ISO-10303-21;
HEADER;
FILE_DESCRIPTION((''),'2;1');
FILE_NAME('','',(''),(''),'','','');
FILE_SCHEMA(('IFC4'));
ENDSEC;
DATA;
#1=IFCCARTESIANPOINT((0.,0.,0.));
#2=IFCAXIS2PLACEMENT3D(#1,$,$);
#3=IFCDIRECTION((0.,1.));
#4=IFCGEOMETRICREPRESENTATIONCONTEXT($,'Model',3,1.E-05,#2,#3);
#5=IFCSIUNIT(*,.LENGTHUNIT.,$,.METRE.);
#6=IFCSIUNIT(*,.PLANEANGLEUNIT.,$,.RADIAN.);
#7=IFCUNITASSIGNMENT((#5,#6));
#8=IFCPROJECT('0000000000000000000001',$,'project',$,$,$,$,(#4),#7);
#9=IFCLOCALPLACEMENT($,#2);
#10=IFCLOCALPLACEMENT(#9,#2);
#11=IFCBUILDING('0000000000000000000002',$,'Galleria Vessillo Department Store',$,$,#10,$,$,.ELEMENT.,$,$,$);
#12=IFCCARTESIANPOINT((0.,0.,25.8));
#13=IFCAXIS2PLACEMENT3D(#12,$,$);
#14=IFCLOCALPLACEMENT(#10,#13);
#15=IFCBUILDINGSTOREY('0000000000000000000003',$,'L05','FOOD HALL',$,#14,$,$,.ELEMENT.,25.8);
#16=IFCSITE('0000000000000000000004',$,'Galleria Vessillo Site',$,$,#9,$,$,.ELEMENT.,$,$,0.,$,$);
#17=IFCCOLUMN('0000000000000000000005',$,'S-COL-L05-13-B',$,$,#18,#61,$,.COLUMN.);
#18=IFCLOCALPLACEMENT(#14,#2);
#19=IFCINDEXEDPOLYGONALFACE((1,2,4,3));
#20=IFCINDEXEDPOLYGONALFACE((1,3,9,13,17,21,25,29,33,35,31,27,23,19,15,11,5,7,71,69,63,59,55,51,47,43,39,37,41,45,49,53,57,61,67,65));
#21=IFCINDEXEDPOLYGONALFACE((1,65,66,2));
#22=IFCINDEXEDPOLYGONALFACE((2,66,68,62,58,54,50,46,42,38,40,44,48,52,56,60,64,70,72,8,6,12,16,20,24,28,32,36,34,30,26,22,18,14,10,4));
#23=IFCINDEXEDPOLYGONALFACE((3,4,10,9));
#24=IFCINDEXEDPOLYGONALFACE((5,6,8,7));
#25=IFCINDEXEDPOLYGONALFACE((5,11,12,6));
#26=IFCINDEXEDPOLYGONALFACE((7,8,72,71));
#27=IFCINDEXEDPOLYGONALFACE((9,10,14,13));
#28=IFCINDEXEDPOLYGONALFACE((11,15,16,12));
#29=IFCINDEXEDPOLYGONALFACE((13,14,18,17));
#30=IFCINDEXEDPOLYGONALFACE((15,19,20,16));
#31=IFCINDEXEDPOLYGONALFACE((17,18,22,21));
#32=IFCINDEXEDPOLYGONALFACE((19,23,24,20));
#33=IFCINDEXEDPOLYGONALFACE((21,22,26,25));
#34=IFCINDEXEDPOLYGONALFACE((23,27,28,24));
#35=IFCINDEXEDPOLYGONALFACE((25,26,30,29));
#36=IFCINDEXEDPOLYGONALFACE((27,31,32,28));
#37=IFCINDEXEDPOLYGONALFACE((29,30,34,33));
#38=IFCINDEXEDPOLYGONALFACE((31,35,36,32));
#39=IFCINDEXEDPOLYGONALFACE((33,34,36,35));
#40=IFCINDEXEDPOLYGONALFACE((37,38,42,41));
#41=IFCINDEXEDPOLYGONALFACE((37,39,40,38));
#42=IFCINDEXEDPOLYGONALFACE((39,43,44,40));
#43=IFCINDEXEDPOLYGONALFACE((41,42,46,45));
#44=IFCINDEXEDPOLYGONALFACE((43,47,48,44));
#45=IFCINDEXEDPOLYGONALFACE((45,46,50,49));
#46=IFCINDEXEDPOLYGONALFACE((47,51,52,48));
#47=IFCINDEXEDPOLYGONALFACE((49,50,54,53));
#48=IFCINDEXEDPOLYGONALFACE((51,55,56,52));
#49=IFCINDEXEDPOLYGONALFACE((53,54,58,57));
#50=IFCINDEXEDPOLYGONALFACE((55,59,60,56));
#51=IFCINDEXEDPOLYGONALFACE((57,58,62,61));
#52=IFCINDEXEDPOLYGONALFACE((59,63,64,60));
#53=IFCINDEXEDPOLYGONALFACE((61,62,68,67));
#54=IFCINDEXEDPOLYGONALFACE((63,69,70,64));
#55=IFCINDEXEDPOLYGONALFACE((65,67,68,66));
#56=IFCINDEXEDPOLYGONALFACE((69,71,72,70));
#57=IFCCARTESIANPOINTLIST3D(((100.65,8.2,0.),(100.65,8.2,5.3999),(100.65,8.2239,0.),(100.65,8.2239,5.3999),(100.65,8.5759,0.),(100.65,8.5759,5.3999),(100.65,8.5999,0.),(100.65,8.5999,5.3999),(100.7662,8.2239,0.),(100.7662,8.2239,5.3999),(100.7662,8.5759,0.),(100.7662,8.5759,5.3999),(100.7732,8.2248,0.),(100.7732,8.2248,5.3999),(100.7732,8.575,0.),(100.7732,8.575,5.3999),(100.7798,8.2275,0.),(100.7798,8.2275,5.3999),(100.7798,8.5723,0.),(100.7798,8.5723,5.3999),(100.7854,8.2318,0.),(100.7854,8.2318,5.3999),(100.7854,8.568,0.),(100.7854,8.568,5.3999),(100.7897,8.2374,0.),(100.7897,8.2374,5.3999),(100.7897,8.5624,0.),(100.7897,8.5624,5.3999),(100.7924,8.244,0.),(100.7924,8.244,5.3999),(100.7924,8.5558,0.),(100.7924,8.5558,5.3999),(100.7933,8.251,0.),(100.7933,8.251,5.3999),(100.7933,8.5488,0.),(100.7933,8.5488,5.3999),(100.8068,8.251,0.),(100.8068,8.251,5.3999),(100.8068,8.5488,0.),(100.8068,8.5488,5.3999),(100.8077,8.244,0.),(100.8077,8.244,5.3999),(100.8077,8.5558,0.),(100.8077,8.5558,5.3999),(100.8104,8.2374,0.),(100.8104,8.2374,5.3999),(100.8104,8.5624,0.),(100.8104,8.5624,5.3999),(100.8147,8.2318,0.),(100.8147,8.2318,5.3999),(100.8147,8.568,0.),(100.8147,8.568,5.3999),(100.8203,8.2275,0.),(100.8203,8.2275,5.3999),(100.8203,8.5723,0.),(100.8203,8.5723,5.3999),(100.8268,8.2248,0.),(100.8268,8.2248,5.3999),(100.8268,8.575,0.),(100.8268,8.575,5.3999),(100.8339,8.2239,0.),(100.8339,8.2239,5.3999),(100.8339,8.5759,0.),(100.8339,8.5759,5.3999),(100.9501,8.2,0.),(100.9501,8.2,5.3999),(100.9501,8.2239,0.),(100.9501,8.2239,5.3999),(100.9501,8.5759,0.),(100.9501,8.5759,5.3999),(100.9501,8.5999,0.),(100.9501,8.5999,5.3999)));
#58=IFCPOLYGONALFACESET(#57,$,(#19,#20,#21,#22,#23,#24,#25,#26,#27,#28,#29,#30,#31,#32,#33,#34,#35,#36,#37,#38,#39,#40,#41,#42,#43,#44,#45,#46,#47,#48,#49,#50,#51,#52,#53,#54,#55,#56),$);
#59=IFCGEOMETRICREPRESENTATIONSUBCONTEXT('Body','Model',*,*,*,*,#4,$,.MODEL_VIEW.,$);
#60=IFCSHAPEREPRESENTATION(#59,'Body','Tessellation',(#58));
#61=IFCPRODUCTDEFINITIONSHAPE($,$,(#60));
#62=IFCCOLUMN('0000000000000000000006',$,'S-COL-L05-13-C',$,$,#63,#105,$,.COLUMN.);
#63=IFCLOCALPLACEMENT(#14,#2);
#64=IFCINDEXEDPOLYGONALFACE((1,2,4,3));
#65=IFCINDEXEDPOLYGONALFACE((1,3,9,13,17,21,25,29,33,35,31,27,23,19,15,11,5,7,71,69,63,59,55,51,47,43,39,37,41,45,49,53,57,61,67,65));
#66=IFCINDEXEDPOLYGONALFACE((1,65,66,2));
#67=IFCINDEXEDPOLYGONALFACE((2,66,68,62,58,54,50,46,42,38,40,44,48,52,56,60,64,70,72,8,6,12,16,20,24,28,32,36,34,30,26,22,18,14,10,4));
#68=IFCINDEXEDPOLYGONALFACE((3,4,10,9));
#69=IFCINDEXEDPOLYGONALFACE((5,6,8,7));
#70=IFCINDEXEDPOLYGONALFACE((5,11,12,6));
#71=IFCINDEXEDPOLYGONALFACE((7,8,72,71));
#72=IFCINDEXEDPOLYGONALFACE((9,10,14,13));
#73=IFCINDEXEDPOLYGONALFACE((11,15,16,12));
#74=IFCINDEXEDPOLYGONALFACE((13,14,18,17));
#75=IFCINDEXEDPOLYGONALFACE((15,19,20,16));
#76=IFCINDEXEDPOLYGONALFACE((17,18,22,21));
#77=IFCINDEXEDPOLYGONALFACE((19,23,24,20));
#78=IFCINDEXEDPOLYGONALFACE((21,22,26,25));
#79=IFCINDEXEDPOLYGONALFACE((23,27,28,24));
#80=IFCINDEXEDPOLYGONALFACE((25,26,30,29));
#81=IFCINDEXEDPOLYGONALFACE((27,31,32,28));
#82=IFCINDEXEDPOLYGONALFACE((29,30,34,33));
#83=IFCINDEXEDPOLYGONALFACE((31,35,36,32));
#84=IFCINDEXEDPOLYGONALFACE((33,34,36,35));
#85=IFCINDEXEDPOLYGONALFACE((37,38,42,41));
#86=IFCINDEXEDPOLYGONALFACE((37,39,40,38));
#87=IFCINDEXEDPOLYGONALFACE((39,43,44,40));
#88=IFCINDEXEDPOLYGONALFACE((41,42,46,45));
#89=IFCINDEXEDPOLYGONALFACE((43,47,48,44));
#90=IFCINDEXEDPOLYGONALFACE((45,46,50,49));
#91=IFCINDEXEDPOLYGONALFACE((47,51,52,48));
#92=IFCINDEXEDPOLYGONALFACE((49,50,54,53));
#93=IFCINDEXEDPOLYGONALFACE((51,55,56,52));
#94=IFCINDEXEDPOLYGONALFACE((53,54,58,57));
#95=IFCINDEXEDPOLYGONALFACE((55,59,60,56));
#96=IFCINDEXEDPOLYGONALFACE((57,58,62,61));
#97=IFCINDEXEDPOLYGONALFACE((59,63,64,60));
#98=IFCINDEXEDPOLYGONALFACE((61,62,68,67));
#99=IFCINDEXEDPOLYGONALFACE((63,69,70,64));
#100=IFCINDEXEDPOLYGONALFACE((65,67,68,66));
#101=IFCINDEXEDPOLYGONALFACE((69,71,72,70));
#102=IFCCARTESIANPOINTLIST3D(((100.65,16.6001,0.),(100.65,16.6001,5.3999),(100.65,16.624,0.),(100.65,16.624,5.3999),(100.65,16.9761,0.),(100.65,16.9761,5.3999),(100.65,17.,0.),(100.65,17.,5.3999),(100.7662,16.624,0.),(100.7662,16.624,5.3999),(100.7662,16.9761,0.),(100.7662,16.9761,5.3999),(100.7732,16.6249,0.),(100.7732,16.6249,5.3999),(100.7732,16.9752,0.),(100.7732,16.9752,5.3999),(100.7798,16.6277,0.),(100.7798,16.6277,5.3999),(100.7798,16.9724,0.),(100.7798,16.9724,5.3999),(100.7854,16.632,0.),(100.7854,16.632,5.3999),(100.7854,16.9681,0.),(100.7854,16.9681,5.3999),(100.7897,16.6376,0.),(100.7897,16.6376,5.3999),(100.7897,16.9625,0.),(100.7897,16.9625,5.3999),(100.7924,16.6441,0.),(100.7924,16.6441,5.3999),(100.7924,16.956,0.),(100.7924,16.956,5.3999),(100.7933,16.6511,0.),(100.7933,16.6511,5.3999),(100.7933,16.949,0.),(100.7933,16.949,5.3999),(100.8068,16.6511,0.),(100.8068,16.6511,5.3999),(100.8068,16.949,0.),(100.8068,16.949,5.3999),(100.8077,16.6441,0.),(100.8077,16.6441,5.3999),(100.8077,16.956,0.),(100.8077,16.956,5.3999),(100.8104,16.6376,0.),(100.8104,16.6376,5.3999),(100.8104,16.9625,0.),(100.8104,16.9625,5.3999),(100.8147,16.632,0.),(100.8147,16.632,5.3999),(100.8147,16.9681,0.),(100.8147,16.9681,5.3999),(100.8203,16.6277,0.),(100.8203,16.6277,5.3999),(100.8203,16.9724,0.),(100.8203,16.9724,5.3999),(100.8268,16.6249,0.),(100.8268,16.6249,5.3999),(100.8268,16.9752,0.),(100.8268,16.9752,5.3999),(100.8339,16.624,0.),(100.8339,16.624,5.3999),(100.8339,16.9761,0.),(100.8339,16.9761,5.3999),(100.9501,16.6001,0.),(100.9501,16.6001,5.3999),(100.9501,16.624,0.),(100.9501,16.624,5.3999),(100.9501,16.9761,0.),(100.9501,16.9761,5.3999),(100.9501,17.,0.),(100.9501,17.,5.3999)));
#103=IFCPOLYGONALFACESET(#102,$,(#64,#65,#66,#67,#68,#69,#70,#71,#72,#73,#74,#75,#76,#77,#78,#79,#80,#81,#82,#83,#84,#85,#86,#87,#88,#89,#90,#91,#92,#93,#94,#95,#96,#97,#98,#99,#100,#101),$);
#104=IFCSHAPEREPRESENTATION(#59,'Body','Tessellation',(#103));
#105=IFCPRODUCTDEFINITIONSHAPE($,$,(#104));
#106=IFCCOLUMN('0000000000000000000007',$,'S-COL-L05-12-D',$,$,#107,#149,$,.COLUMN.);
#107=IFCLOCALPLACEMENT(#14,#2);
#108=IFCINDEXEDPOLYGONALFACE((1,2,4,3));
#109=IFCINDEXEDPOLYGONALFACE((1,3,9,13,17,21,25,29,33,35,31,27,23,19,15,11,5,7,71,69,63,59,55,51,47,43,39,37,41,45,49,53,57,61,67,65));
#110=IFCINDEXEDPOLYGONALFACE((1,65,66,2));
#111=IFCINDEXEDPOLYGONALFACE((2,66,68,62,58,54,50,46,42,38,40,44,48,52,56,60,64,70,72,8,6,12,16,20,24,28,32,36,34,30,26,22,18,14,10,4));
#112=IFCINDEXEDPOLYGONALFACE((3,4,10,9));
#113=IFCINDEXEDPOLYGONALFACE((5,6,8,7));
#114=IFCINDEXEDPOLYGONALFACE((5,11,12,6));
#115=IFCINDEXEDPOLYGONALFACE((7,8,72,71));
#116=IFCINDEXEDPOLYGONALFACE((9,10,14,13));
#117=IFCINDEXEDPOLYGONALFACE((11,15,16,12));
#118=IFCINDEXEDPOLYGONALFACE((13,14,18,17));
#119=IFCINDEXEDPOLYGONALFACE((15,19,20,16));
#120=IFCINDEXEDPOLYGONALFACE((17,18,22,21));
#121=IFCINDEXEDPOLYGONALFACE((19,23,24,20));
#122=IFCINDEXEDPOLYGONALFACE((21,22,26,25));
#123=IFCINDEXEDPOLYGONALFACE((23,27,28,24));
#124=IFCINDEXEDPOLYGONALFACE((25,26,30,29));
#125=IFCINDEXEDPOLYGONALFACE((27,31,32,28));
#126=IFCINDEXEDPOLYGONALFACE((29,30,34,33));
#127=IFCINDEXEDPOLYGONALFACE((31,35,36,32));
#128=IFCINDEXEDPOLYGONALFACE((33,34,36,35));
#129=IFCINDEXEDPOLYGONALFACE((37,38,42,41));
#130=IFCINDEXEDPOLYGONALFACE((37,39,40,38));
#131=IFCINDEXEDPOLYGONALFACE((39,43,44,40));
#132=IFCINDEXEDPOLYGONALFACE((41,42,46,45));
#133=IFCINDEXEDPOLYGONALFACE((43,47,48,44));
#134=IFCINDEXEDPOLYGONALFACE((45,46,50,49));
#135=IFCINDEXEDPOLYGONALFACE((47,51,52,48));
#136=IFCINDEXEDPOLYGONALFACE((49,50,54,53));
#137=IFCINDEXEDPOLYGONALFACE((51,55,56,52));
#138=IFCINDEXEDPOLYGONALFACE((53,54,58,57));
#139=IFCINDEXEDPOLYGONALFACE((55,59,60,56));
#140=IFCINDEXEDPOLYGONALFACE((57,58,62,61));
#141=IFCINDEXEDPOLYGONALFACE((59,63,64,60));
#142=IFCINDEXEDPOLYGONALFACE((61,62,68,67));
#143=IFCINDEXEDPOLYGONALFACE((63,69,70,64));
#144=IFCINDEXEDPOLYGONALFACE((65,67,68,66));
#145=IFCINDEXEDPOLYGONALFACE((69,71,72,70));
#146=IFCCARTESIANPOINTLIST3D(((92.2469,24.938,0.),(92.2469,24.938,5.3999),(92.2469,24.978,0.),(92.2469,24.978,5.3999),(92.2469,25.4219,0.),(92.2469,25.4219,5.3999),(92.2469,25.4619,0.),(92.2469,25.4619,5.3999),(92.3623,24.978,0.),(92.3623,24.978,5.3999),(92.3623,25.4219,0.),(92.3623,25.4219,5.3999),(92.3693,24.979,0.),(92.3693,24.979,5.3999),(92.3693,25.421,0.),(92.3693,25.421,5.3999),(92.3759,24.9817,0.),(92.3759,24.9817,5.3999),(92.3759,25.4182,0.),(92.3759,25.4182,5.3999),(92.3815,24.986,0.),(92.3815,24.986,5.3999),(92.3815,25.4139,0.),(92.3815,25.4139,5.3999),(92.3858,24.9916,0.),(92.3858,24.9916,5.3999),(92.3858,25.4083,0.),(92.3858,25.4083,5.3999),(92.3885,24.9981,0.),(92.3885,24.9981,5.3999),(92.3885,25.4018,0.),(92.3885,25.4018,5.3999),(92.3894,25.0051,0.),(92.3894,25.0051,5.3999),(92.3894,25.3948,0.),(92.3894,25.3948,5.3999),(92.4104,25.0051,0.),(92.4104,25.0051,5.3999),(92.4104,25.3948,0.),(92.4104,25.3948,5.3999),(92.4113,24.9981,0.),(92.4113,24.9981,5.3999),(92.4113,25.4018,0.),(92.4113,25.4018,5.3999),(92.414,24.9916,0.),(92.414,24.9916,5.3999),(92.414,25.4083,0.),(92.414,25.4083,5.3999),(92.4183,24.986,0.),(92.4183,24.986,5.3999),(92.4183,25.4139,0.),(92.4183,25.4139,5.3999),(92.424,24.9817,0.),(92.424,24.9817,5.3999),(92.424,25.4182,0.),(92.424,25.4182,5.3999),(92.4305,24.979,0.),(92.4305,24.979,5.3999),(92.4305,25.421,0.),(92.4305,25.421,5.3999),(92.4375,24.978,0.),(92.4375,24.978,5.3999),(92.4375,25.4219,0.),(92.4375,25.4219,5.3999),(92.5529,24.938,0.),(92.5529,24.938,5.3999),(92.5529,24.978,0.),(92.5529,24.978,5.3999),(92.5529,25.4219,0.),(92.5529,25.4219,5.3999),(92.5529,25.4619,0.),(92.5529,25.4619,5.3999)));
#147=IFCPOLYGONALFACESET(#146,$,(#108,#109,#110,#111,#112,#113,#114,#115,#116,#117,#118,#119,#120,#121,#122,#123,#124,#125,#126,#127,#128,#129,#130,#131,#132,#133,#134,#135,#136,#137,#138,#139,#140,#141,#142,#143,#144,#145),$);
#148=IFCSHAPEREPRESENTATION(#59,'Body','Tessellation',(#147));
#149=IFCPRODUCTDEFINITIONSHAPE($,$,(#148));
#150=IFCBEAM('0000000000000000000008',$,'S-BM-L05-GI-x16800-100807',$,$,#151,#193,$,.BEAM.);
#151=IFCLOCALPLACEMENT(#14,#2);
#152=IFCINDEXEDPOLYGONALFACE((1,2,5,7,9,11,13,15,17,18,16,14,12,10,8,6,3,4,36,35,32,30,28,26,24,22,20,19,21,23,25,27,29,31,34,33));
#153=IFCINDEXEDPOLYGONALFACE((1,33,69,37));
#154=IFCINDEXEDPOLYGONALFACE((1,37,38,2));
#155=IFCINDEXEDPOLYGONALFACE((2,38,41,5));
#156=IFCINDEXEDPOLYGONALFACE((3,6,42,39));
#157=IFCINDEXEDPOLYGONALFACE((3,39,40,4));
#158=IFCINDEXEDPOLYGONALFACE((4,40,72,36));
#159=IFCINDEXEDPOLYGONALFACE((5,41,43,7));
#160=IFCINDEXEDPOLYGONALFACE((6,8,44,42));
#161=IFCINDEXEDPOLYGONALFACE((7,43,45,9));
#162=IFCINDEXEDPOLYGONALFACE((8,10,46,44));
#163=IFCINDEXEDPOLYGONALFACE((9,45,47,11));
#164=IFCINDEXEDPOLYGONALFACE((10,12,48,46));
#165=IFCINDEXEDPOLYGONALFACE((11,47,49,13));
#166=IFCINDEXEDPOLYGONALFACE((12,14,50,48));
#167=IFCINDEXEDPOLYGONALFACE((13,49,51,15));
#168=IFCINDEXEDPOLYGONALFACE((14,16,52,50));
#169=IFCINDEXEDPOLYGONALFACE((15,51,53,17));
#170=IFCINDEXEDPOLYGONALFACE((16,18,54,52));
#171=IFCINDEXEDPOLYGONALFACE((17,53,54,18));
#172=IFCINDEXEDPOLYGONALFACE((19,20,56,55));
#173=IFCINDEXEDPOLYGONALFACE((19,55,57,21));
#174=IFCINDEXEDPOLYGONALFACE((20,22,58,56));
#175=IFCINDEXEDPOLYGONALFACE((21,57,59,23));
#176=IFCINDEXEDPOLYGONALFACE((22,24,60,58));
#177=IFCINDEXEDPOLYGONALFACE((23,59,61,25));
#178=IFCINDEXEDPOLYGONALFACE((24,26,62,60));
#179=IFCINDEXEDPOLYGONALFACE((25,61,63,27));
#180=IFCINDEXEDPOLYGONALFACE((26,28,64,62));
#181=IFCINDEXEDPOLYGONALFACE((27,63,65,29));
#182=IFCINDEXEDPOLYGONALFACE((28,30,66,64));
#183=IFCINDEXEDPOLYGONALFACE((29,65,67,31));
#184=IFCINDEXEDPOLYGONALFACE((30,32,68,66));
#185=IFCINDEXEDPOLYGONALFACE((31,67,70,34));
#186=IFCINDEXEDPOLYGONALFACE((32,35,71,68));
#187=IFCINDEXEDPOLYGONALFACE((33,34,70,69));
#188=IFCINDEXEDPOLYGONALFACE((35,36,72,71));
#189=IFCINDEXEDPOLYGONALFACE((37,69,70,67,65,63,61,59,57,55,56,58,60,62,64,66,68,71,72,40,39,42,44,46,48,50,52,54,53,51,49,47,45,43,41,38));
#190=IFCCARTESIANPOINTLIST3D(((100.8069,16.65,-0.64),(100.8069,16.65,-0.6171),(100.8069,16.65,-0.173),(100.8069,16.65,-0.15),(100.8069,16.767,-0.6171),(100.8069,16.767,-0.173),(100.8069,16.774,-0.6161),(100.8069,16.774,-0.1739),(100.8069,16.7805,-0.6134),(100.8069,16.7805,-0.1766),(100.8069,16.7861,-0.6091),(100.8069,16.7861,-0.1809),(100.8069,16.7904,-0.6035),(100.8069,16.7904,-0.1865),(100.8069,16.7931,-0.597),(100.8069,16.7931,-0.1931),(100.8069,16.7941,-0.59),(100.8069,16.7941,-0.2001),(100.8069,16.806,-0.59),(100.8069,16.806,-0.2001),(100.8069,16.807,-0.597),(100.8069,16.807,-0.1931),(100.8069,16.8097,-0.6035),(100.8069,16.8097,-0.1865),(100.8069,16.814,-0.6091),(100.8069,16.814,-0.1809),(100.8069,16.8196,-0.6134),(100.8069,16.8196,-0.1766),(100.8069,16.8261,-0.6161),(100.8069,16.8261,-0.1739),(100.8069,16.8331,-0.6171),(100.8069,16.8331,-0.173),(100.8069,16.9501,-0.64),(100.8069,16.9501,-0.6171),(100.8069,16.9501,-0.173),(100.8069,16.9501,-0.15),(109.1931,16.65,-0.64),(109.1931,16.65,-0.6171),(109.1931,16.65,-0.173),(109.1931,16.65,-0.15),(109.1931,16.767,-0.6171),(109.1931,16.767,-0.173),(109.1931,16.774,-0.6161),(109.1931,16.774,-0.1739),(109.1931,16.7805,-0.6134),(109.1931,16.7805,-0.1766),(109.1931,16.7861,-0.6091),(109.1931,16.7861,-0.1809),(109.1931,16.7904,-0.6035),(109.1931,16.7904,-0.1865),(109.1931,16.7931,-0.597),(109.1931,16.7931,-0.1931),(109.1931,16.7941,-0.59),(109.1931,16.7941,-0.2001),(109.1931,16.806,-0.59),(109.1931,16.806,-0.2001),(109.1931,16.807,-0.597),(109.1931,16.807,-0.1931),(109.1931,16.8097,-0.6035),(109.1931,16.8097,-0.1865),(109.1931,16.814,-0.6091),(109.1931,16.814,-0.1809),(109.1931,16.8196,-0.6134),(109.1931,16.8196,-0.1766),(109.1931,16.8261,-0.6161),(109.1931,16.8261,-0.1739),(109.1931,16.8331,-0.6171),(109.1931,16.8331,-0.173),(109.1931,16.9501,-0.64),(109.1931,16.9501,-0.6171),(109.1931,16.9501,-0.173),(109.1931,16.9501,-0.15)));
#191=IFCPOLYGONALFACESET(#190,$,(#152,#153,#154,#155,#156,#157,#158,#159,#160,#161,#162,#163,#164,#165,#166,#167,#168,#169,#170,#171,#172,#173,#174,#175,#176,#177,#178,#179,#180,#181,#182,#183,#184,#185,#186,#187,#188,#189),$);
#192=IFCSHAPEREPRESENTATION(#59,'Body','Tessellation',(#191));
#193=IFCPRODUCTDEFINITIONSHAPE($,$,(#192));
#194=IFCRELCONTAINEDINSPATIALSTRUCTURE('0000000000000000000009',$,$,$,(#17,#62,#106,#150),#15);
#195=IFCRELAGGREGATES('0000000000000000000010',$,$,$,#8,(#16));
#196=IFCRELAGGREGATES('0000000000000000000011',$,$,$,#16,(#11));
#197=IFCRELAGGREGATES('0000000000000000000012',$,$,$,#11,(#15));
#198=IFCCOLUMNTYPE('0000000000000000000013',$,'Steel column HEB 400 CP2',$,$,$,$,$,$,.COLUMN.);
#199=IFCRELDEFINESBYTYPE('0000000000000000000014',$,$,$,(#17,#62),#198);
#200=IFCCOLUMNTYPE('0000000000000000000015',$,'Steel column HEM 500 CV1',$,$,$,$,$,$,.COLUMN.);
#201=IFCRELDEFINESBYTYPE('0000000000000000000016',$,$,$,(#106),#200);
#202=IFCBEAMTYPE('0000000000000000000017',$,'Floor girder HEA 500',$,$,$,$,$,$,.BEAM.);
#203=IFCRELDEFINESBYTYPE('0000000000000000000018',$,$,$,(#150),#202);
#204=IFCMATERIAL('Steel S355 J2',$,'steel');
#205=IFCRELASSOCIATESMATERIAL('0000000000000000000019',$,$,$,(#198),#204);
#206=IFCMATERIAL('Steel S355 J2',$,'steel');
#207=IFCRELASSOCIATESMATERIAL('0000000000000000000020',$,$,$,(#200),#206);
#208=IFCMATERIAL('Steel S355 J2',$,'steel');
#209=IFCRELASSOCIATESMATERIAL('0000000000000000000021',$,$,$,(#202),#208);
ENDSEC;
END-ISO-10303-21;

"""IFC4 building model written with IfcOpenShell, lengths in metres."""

from ifc_helpers import new_model, si_unit, direction, frame, origin, origin_2d, place, context, subcontext, project, spatial, i_section, extrude, material, material_profile, profile_set, type_object, element, save


model = new_model("IFC4")

# Units and contexts
model_context = context("Model", 3, precision=1e-05, world=origin(), true_north=direction((0.0, 1.0)))
body_context = subcontext(model_context, "Body", "Model", "MODEL_VIEW")
ifc_project = project(units=[si_unit("LENGTHUNIT", "METRE"), si_unit("PLANEANGLEUNIT", "RADIAN")], contexts=[model_context])

# Site, building, storey
site_placement = place(None, origin())
site = spatial("IfcSite", under=ifc_project, at=site_placement, Name="Galleria Vessillo Site", CompositionType="ELEMENT", RefElevation=0.0)
building_placement = place(site_placement, origin())
building = spatial("IfcBuilding", under=site, at=building_placement, Name="Galleria Vessillo Department Store", CompositionType="ELEMENT")
storey_placement = place(building_placement, frame((0.0, 0.0, 25.8)))
storey = spatial("IfcBuildingStorey", under=building, at=storey_placement, Name="L05", Description="FOOD HALL", CompositionType="ELEMENT", Elevation=25.8)

# Columns
ifc_material_1 = material(Name="Steel S355 J2", Category="steel")
ifc_material_profile_1 = material_profile(ifc_material_1, i_section(OverallWidth=0.3, OverallDepth=0.3999, WebThickness=0.0134, FlangeThickness=0.0239, FilletRadius=0.0271, at=origin_2d()), Name="HEB 400")
ifc_profile_set_1 = profile_set([ifc_material_profile_1], Name="Steel S355 J2")
column_type_1 = type_object("IfcColumnType", Name="Steel column HEB 400 CP2", PredefinedType="COLUMN", material=ifc_profile_set_1)
for number, where, z_axis, x_axis, name in (
    (1, (100.8, 8.3999, 0.0), (0.0, 0.0, 1.0), (1.0, 0.0, 0.0), "S-COL-L05-13-B"),
    (2, (100.8, 16.8, 0.0), (0.0, 0.0, 1.0), (1.0, 0.0, 0.0), "S-COL-L05-13-C"),
):
    element("IfcColumn", number, at=place(storey_placement, frame(where, z_axis=z_axis, x_axis=x_axis)), inside=storey, type_object=column_type_1, Name=name, PredefinedType="COLUMN", context=body_context, shape_type="SweptSolid", body=[
        extrude(i_section(OverallWidth=0.3, OverallDepth=0.3999, WebThickness=0.0134, FlangeThickness=0.0239, FilletRadius=0.0271, at=origin_2d()), origin(), (0.0, 0.0, 1.0), 5.3999),
    ])
ifc_material_2 = material(Name="Steel S355 J2", Category="steel")
ifc_material_profile_2 = material_profile(ifc_material_2, i_section(OverallWidth=0.3059, OverallDepth=0.5239, WebThickness=0.021, FlangeThickness=0.04, FilletRadius=0.0271, at=origin_2d()), Name="HEM 500")
ifc_profile_set_2 = profile_set([ifc_material_profile_2], Name="Steel S355 J2")
column_type_2 = type_object("IfcColumnType", Name="Steel column HEM 500 CV1", PredefinedType="COLUMN", material=ifc_profile_set_2)
column_placement = place(storey_placement, frame((92.3999, 25.2, 0.0), z_axis=(0.0, 0.0, 1.0), x_axis=(1.0, 0.0, 0.0)))
element("IfcColumn", 3, at=column_placement, inside=storey, type_object=column_type_2, Name="S-COL-L05-12-D", PredefinedType="COLUMN", context=body_context, shape_type="SweptSolid", body=[
    extrude(i_section(OverallWidth=0.3059, OverallDepth=0.5239, WebThickness=0.021, FlangeThickness=0.04, FilletRadius=0.0271, at=origin_2d()), origin(), (0.0, 0.0, 1.0), 5.3999),
])

# Beam
ifc_material_3 = material(Name="Steel S355 J2", Category="steel")
ifc_material_profile_3 = material_profile(ifc_material_3, i_section(OverallWidth=0.3, OverallDepth=0.49, WebThickness=0.012, FlangeThickness=0.0229, FilletRadius=0.0271, at=origin_2d()), Name="HEA 500")
ifc_profile_set_3 = profile_set([ifc_material_profile_3], Name="Steel S355 J2")
beam_type_1 = type_object("IfcBeamType", Name="Floor girder HEA 500", PredefinedType="BEAM", material=ifc_profile_set_3)
beam_1_placement = place(storey_placement, frame((100.8069, 16.8, -0.395), z_axis=(1.0, 0.0, 0.0), x_axis=(0.0, 1.0, 0.0)))
element("IfcBeam", 4, at=beam_1_placement, inside=storey, type_object=beam_type_1, Name="S-BM-L05-GI-x16800-100807", PredefinedType="BEAM", context=body_context, shape_type="SweptSolid", body=[
    extrude(i_section(OverallWidth=0.3, OverallDepth=0.49, WebThickness=0.012, FlangeThickness=0.0229, FilletRadius=0.0271, at=origin_2d()), origin(), (0.0, 0.0, 1.0), 8.3862),
])

save(model, "model.ifc")
